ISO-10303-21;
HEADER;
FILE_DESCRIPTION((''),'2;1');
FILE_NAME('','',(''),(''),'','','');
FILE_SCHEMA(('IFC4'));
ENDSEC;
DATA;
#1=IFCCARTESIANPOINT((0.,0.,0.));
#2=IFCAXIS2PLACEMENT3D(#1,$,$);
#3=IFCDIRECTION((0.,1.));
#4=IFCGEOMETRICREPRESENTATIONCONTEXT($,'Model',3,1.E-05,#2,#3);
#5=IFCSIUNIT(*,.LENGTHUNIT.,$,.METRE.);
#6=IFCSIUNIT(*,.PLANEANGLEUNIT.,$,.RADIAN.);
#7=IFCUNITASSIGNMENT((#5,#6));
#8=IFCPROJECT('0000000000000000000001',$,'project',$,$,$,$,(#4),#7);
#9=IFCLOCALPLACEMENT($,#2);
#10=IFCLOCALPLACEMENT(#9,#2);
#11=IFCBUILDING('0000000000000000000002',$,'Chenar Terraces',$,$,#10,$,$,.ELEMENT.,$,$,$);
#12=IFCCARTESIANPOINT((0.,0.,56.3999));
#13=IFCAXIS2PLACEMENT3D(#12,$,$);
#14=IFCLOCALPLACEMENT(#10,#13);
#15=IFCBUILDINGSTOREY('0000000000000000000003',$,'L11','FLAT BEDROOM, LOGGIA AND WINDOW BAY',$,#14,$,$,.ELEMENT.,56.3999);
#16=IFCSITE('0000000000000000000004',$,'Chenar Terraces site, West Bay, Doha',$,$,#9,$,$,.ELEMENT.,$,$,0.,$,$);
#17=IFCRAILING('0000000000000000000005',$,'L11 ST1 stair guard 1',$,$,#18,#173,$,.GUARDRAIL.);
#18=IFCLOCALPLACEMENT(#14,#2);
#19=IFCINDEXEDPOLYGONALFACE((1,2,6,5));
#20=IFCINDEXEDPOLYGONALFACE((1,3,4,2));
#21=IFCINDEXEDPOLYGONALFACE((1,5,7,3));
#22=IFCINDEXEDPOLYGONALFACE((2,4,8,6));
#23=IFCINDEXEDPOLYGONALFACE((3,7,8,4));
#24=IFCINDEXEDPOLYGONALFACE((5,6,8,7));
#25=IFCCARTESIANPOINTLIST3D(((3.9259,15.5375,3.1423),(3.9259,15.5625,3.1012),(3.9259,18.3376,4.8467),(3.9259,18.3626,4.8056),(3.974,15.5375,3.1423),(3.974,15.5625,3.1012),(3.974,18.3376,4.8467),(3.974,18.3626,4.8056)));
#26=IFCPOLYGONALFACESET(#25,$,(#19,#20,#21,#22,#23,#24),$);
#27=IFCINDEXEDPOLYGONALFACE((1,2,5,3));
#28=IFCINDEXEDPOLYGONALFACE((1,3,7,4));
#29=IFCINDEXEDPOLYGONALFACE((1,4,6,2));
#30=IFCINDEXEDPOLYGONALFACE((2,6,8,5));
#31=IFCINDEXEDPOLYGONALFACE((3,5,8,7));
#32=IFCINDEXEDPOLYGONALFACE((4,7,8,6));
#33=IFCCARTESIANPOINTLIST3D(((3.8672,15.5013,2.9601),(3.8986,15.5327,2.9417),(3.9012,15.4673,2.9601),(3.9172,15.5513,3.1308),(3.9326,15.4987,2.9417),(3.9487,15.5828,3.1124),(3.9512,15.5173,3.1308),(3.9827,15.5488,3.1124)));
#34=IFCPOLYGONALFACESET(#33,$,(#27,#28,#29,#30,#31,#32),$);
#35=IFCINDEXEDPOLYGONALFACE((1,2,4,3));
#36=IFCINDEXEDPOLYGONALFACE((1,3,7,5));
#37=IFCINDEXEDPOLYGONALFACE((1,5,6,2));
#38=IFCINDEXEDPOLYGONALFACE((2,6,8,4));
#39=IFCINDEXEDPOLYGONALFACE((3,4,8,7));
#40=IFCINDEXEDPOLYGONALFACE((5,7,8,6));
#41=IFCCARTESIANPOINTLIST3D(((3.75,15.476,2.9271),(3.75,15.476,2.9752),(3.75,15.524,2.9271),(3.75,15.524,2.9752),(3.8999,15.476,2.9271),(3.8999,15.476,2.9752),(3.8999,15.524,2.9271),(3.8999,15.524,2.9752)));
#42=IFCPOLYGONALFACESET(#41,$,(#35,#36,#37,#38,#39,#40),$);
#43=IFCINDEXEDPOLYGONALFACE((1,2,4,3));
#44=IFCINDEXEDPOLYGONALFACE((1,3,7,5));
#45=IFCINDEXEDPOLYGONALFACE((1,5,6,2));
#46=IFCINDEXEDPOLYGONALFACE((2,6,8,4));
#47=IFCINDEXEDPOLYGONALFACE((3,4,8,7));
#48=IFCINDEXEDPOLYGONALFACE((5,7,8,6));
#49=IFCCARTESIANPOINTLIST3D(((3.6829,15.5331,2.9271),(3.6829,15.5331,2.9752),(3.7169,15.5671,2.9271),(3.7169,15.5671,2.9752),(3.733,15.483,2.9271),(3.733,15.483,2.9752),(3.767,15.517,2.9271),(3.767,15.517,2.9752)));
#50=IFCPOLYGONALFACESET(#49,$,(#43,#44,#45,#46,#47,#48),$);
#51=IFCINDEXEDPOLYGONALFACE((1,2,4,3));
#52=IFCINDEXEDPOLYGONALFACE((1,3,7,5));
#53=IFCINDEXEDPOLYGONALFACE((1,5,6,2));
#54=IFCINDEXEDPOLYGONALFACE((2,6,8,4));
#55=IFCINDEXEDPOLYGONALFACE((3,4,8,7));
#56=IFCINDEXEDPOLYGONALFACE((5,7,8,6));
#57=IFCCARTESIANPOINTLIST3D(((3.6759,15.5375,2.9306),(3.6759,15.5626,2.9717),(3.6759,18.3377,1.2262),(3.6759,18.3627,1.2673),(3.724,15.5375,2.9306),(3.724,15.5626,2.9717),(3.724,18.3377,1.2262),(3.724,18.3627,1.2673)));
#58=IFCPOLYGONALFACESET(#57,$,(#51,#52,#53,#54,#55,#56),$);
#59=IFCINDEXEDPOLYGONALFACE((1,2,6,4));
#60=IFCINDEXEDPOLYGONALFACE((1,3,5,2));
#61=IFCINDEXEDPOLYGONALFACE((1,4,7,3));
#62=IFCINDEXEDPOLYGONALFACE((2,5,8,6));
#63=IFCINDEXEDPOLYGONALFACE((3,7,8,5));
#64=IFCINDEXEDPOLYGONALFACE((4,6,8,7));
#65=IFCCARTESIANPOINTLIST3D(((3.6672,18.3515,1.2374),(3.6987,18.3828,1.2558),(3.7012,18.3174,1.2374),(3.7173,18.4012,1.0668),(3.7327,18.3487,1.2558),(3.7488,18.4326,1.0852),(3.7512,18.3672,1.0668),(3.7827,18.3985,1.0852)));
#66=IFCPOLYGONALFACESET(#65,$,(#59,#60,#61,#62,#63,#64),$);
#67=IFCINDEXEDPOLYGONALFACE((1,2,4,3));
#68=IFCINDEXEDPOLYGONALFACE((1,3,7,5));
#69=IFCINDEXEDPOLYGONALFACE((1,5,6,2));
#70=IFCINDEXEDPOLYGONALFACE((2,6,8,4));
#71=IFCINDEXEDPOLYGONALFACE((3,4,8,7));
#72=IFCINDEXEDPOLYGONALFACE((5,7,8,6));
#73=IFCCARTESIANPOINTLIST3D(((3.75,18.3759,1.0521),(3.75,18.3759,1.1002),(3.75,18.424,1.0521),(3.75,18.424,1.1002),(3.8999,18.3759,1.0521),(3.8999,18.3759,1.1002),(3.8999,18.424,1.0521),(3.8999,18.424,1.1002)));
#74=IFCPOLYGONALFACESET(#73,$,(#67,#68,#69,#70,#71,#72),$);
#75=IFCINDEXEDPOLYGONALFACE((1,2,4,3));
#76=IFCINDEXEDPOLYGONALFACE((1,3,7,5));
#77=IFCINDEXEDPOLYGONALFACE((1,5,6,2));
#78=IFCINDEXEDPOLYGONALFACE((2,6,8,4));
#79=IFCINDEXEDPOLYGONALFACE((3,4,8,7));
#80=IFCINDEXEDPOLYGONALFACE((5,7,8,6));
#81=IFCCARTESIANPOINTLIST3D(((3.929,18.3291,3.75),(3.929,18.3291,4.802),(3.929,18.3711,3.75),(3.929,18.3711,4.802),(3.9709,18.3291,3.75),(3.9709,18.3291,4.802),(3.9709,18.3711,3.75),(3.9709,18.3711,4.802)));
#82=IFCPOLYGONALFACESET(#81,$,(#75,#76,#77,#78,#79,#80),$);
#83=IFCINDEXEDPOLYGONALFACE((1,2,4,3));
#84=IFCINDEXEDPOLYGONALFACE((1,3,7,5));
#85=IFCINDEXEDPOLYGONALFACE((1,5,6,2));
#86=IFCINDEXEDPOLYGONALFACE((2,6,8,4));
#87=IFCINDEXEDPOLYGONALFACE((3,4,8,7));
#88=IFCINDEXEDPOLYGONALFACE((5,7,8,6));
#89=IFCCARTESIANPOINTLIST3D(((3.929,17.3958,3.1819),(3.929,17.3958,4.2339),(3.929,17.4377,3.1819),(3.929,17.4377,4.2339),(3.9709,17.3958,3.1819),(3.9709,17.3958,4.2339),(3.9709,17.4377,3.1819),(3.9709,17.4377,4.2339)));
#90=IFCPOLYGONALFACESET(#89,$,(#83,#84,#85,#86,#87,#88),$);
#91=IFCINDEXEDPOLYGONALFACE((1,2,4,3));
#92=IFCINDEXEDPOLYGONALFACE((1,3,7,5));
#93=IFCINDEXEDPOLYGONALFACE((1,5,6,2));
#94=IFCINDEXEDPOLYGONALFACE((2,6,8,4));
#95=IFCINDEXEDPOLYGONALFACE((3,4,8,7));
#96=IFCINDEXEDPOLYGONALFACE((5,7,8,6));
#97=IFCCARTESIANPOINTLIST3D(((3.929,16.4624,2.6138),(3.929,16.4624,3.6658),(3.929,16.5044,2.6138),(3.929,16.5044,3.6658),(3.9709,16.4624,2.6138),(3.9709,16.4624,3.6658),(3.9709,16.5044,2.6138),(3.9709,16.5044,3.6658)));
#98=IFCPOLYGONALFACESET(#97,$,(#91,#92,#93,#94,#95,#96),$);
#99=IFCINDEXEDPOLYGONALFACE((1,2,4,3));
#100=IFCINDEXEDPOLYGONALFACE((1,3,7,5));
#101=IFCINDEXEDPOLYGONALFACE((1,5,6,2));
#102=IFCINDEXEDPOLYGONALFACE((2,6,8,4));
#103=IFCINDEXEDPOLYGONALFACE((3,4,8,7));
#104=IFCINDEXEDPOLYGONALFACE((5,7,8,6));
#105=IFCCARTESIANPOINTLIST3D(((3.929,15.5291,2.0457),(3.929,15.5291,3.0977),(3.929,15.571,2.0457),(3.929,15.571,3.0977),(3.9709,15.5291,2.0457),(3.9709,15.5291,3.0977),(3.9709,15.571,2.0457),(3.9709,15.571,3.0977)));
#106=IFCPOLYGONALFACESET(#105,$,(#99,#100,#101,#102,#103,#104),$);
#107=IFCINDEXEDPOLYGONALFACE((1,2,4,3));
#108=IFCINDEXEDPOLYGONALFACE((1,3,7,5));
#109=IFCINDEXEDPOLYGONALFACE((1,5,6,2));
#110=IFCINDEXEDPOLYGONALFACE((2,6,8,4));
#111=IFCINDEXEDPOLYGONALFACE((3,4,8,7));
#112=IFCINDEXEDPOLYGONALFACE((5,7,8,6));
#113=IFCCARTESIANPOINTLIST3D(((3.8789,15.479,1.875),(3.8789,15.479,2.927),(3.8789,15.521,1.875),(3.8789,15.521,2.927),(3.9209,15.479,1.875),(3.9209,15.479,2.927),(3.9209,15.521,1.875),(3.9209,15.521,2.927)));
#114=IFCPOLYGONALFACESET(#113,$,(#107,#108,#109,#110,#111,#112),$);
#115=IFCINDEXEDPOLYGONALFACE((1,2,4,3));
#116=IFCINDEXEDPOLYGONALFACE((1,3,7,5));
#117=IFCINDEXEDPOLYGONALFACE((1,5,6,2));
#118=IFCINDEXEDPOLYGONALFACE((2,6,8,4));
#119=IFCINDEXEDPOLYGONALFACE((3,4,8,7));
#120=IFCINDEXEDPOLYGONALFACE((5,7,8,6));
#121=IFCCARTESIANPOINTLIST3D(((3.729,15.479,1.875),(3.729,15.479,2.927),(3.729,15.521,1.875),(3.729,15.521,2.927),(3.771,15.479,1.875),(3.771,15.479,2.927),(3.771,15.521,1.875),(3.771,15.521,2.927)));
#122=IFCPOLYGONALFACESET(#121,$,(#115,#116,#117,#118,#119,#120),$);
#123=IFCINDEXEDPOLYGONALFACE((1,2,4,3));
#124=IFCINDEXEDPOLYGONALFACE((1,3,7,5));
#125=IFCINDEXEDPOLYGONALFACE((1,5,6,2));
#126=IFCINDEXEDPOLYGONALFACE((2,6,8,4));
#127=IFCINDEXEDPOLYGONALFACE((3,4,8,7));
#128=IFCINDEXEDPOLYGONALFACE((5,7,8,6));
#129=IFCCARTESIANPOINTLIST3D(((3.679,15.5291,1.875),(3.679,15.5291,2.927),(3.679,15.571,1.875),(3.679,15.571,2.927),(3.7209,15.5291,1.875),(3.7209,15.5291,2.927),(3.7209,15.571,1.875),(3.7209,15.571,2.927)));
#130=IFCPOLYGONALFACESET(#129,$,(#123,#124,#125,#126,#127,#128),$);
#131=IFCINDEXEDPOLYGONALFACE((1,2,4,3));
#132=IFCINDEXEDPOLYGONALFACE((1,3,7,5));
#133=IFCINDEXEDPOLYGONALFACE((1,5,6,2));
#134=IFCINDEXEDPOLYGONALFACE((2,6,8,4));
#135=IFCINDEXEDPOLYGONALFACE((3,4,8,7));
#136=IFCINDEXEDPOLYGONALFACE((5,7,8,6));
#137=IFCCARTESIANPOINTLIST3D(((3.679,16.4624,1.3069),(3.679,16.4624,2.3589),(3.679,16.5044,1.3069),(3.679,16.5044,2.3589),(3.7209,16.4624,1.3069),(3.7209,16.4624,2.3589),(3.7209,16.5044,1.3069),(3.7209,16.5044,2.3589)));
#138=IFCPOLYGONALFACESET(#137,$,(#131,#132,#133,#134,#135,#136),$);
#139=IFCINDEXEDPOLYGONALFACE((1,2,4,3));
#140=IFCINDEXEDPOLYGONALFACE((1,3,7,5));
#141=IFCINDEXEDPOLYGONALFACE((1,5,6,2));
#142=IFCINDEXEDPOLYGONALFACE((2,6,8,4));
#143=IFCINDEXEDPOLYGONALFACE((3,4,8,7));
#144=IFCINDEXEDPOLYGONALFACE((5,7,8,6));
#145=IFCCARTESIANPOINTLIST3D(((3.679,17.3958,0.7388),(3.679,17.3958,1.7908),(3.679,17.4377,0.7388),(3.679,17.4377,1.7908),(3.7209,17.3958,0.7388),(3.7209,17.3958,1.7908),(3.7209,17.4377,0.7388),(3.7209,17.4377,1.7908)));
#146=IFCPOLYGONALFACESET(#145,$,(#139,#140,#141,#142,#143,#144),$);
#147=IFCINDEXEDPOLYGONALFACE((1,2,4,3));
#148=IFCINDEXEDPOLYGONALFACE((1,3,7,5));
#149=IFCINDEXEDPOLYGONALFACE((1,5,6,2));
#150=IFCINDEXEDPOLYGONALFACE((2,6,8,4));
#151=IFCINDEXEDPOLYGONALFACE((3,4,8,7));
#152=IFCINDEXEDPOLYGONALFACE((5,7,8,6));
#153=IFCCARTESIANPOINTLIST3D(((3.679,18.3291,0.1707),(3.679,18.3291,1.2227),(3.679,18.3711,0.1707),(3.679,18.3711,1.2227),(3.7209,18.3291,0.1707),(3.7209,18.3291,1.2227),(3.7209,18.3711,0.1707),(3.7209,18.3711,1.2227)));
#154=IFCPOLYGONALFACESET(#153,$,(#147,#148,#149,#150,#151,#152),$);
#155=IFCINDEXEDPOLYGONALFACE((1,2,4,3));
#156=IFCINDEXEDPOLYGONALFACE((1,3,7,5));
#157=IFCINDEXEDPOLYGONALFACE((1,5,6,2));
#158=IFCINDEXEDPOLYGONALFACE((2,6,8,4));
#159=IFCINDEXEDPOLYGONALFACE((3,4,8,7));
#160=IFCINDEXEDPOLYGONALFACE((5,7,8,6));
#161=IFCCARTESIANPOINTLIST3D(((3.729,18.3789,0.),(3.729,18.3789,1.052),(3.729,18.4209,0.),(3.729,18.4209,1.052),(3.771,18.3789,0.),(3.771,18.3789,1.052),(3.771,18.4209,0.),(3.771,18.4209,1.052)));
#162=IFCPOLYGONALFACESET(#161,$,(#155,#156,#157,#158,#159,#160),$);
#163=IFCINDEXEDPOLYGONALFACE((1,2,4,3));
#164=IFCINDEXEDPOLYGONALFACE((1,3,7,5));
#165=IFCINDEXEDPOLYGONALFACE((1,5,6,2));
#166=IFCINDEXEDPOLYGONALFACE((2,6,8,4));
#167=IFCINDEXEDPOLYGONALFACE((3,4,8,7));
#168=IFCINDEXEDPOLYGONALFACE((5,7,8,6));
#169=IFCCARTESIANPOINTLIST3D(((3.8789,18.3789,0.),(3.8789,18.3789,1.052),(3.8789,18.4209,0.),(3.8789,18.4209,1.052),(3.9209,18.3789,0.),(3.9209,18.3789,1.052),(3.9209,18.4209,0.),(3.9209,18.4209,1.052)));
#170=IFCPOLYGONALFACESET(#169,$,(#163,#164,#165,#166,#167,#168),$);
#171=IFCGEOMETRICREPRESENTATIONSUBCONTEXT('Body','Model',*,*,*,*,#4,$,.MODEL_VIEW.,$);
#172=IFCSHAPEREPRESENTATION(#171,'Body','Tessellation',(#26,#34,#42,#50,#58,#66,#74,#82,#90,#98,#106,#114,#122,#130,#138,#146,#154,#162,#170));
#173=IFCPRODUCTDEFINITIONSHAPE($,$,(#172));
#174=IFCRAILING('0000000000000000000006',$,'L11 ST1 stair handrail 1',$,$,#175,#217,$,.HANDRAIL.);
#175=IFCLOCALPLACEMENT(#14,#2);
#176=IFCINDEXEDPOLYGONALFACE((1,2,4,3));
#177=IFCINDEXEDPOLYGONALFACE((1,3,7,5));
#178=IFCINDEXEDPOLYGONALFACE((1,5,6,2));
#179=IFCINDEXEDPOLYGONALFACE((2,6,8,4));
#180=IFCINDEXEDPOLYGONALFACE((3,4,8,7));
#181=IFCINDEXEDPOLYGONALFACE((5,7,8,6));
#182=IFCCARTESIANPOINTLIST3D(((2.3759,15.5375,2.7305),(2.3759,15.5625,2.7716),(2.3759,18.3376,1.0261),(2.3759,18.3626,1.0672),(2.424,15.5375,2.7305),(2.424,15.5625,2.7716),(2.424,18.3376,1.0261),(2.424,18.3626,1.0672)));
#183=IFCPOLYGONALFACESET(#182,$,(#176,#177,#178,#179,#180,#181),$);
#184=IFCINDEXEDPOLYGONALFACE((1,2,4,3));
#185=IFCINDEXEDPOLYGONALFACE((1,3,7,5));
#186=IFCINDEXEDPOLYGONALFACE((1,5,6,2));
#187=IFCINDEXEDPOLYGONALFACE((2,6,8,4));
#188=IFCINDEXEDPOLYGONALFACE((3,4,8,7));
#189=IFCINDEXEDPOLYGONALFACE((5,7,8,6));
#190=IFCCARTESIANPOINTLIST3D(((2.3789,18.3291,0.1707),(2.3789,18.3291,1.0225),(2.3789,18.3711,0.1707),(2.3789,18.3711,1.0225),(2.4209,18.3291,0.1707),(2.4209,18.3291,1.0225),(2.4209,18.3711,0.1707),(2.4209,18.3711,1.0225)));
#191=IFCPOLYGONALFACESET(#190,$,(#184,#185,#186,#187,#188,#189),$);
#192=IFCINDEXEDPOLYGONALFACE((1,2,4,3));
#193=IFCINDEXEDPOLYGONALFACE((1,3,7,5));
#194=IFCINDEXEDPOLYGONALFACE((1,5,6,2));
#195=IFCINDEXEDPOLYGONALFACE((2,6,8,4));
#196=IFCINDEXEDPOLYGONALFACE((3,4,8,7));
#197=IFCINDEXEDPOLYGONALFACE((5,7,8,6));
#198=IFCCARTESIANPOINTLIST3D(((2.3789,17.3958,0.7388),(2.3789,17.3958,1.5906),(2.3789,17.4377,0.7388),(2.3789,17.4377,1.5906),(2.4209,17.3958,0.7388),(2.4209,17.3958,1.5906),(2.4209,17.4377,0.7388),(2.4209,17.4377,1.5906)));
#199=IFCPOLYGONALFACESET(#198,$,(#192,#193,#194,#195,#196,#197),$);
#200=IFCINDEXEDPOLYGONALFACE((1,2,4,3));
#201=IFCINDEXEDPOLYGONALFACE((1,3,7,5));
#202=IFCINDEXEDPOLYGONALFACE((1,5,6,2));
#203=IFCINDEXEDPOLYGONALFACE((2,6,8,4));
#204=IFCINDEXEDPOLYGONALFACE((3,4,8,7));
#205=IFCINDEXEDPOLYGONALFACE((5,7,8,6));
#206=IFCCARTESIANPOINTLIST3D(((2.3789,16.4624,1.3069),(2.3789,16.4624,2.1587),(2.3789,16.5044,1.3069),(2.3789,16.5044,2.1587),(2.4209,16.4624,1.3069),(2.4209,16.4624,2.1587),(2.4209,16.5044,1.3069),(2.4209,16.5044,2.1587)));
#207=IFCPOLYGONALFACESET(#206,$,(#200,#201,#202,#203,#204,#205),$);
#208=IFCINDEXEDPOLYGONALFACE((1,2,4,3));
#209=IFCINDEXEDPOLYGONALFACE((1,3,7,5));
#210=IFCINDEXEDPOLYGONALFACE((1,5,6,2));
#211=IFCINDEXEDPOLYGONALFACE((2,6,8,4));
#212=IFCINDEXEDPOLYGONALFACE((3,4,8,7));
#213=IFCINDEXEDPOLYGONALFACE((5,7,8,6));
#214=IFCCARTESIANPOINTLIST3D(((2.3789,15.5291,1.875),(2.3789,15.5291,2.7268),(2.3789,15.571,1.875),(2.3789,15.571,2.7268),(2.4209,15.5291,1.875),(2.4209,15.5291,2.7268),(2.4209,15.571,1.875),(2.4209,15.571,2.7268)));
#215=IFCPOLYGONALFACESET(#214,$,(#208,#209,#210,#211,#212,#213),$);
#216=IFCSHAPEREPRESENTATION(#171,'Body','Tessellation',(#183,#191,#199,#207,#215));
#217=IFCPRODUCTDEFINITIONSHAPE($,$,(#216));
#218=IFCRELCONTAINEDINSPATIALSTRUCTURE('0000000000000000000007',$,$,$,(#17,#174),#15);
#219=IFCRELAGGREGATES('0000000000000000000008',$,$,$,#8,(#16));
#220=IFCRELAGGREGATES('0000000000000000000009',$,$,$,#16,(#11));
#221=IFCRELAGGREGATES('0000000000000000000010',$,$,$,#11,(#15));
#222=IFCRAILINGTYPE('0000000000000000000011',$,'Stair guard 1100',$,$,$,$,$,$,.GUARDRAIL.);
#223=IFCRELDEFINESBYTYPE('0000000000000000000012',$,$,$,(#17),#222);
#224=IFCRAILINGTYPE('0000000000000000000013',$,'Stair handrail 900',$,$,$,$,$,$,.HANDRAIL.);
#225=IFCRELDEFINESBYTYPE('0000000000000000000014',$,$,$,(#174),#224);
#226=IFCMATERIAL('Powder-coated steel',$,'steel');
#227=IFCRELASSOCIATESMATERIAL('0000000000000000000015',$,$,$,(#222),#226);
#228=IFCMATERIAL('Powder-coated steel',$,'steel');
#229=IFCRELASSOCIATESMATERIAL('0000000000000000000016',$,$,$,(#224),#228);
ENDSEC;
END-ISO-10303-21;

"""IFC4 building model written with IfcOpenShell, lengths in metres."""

from ifc_helpers import new_model, si_unit, direction, frame, origin, origin_2d, place, context, subcontext, project, spatial, rectangle, extrude, material, type_object, element, save


model = new_model("IFC4")

# Units and contexts
model_context = context("Model", 3, precision=1e-05, world=origin(), true_north=direction((0.0, 1.0)))
body_context = subcontext(model_context, "Body", "Model", "MODEL_VIEW")
ifc_project = project(units=[si_unit("LENGTHUNIT", "METRE"), si_unit("PLANEANGLEUNIT", "RADIAN")], contexts=[model_context])

# Site, building, storey
site_placement = place(None, origin())
site = spatial("IfcSite", under=ifc_project, at=site_placement, Name="Chenar Terraces site, West Bay, Doha", CompositionType="ELEMENT", RefElevation=0.0)
building_placement = place(site_placement, origin())
building = spatial("IfcBuilding", under=site, at=building_placement, Name="Chenar Terraces", CompositionType="ELEMENT")
storey_placement = place(building_placement, frame((0.0, 0.0, 56.3999)))
storey = spatial("IfcBuildingStorey", under=building, at=storey_placement, Name="L11", Description="FLAT BEDROOM, LOGGIA AND WINDOW BAY", CompositionType="ELEMENT", Elevation=56.3999)

# Railings
ifc_material_1 = material(Name="Powder-coated steel", Category="steel")
railing_type_1 = type_object("IfcRailingType", Name="Stair guard 1100", PredefinedType="GUARDRAIL", material=ifc_material_1)
railing_1_placement = place(storey_placement, frame((3.95, 18.3501, 3.75)))
element("IfcRailing", 1, at=railing_1_placement, inside=storey, type_object=railing_type_1, Name="L11 ST1 stair guard 1", PredefinedType="GUARDRAIL", context=body_context, shape_type="SweptSolid", body=[
    extrude(rectangle(XDim=0.0481, YDim=0.0481, at=origin_2d()), frame((0.0, 0.0, 1.0762), z_axis=(0.0, -0.854203, -0.51994), x_axis=(1.0, 0.0, 0.0)), (0.0, 0.0, 1.0), 3.2781),
    extrude(rectangle(XDim=0.0481, YDim=0.0481, at=origin_2d()), frame((0.0, -2.8, -0.6284), z_axis=(-0.2709, -0.2709, -0.923703), x_axis=(0.707107, -0.707107, 0.0)), (0.0, 0.0, 1.0), 0.1848),
    extrude(rectangle(XDim=0.0481, YDim=0.0481, at=origin_2d()), frame((-0.05, -2.8501, -0.7988), z_axis=(-1.0, 0.0, 0.0), x_axis=(0.0, -1.0, 0.0)), (0.0, 0.0, 1.0), 0.1499),
    extrude(rectangle(XDim=0.0481, YDim=0.0481, at=origin_2d()), frame((-0.2, -2.8501, -0.7988), z_axis=(-0.707107, 0.707107, 0.0), x_axis=(-0.707107, -0.707107, 0.0)), (0.0, 0.0, 1.0), 0.0708),
    extrude(rectangle(XDim=0.0481, YDim=0.0481, at=origin_2d()), frame((-0.25, -2.8, -0.7988), z_axis=(0.0, 0.854203, -0.51994), x_axis=(-1.0, 0.0, 0.0)), (0.0, 0.0, 1.0), 3.2781),
    extrude(rectangle(XDim=0.0481, YDim=0.0481, at=origin_2d()), frame((-0.25, 0.0, -2.5034), z_axis=(0.270997, 0.269675, -0.924033), x_axis=(-0.705376, 0.708834, 0.0)), (0.0, 0.0, 1.0), 0.1846),
    extrude(rectangle(XDim=0.0481, YDim=0.0481, at=origin_2d()), frame((-0.2, 0.0498, -2.6738), z_axis=(1.0, 0.0, 0.0), x_axis=(0.0, 1.0, 0.0)), (0.0, 0.0, 1.0), 0.1499),
    extrude(rectangle(XDim=0.042, YDim=0.042, at=origin_2d()), origin(), (0.0, 0.0, 1.0), 1.052),
    extrude(rectangle(XDim=0.042, YDim=0.042, at=origin_2d()), frame((0.0, -0.9333, -0.5681)), (0.0, 0.0, 1.0), 1.052),
    extrude(rectangle(XDim=0.042, YDim=0.042, at=origin_2d()), frame((0.0, -1.8667, -1.1362)), (0.0, 0.0, 1.0), 1.052),
    extrude(rectangle(XDim=0.042, YDim=0.042, at=origin_2d()), frame((0.0, -2.8, -1.7043)), (0.0, 0.0, 1.0), 1.052),
    extrude(rectangle(XDim=0.042, YDim=0.042, at=origin_2d()), frame((-0.05, -2.8501, -1.875)), (0.0, 0.0, 1.0), 1.052),
    extrude(rectangle(XDim=0.042, YDim=0.042, at=origin_2d()), frame((-0.2, -2.8501, -1.875)), (0.0, 0.0, 1.0), 1.052),
    extrude(rectangle(XDim=0.042, YDim=0.042, at=origin_2d()), frame((-0.25, -2.8, -1.875)), (0.0, 0.0, 1.0), 1.052),
    extrude(rectangle(XDim=0.042, YDim=0.042, at=origin_2d()), frame((-0.25, -1.8667, -2.4431)), (0.0, 0.0, 1.0), 1.052),
    extrude(rectangle(XDim=0.042, YDim=0.042, at=origin_2d()), frame((-0.25, -0.9333, -3.0112)), (0.0, 0.0, 1.0), 1.052),
    extrude(rectangle(XDim=0.042, YDim=0.042, at=origin_2d()), frame((-0.25, 0.0, -3.5793)), (0.0, 0.0, 1.0), 1.052),
    extrude(rectangle(XDim=0.042, YDim=0.042, at=origin_2d()), frame((-0.2, 0.0498, -3.75)), (0.0, 0.0, 1.0), 1.052),
    extrude(rectangle(XDim=0.042, YDim=0.042, at=origin_2d()), frame((-0.05, 0.0498, -3.75)), (0.0, 0.0, 1.0), 1.052),
])
ifc_material_2 = material(Name="Powder-coated steel", Category="steel")
railing_type_2 = type_object("IfcRailingType", Name="Stair handrail 900", PredefinedType="HANDRAIL", material=ifc_material_2)
railing_2_placement = place(storey_placement, frame((2.3999, 18.3501, 0.1707)))
element("IfcRailing", 2, at=railing_2_placement, inside=storey, type_object=railing_type_2, Name="L11 ST1 stair handrail 1", PredefinedType="HANDRAIL", context=body_context, shape_type="SweptSolid", body=[
    extrude(rectangle(XDim=0.0481, YDim=0.0481, at=origin_2d()), frame((0.0, 0.0, 0.876), z_axis=(0.0, -0.854203, 0.51994), x_axis=(1.0, 0.0, 0.0)), (0.0, 0.0, 1.0), 3.2781),
    extrude(rectangle(XDim=0.042, YDim=0.042, at=origin_2d()), origin(), (0.0, 0.0, 1.0), 0.8518),
    extrude(rectangle(XDim=0.042, YDim=0.042, at=origin_2d()), frame((0.0, -0.9333, 0.5681)), (0.0, 0.0, 1.0), 0.8518),
    extrude(rectangle(XDim=0.042, YDim=0.042, at=origin_2d()), frame((0.0, -1.8667, 1.1362)), (0.0, 0.0, 1.0), 0.8518),
    extrude(rectangle(XDim=0.042, YDim=0.042, at=origin_2d()), frame((0.0, -2.8, 1.7043)), (0.0, 0.0, 1.0), 0.8518),
])

save(model, "model.ifc")
